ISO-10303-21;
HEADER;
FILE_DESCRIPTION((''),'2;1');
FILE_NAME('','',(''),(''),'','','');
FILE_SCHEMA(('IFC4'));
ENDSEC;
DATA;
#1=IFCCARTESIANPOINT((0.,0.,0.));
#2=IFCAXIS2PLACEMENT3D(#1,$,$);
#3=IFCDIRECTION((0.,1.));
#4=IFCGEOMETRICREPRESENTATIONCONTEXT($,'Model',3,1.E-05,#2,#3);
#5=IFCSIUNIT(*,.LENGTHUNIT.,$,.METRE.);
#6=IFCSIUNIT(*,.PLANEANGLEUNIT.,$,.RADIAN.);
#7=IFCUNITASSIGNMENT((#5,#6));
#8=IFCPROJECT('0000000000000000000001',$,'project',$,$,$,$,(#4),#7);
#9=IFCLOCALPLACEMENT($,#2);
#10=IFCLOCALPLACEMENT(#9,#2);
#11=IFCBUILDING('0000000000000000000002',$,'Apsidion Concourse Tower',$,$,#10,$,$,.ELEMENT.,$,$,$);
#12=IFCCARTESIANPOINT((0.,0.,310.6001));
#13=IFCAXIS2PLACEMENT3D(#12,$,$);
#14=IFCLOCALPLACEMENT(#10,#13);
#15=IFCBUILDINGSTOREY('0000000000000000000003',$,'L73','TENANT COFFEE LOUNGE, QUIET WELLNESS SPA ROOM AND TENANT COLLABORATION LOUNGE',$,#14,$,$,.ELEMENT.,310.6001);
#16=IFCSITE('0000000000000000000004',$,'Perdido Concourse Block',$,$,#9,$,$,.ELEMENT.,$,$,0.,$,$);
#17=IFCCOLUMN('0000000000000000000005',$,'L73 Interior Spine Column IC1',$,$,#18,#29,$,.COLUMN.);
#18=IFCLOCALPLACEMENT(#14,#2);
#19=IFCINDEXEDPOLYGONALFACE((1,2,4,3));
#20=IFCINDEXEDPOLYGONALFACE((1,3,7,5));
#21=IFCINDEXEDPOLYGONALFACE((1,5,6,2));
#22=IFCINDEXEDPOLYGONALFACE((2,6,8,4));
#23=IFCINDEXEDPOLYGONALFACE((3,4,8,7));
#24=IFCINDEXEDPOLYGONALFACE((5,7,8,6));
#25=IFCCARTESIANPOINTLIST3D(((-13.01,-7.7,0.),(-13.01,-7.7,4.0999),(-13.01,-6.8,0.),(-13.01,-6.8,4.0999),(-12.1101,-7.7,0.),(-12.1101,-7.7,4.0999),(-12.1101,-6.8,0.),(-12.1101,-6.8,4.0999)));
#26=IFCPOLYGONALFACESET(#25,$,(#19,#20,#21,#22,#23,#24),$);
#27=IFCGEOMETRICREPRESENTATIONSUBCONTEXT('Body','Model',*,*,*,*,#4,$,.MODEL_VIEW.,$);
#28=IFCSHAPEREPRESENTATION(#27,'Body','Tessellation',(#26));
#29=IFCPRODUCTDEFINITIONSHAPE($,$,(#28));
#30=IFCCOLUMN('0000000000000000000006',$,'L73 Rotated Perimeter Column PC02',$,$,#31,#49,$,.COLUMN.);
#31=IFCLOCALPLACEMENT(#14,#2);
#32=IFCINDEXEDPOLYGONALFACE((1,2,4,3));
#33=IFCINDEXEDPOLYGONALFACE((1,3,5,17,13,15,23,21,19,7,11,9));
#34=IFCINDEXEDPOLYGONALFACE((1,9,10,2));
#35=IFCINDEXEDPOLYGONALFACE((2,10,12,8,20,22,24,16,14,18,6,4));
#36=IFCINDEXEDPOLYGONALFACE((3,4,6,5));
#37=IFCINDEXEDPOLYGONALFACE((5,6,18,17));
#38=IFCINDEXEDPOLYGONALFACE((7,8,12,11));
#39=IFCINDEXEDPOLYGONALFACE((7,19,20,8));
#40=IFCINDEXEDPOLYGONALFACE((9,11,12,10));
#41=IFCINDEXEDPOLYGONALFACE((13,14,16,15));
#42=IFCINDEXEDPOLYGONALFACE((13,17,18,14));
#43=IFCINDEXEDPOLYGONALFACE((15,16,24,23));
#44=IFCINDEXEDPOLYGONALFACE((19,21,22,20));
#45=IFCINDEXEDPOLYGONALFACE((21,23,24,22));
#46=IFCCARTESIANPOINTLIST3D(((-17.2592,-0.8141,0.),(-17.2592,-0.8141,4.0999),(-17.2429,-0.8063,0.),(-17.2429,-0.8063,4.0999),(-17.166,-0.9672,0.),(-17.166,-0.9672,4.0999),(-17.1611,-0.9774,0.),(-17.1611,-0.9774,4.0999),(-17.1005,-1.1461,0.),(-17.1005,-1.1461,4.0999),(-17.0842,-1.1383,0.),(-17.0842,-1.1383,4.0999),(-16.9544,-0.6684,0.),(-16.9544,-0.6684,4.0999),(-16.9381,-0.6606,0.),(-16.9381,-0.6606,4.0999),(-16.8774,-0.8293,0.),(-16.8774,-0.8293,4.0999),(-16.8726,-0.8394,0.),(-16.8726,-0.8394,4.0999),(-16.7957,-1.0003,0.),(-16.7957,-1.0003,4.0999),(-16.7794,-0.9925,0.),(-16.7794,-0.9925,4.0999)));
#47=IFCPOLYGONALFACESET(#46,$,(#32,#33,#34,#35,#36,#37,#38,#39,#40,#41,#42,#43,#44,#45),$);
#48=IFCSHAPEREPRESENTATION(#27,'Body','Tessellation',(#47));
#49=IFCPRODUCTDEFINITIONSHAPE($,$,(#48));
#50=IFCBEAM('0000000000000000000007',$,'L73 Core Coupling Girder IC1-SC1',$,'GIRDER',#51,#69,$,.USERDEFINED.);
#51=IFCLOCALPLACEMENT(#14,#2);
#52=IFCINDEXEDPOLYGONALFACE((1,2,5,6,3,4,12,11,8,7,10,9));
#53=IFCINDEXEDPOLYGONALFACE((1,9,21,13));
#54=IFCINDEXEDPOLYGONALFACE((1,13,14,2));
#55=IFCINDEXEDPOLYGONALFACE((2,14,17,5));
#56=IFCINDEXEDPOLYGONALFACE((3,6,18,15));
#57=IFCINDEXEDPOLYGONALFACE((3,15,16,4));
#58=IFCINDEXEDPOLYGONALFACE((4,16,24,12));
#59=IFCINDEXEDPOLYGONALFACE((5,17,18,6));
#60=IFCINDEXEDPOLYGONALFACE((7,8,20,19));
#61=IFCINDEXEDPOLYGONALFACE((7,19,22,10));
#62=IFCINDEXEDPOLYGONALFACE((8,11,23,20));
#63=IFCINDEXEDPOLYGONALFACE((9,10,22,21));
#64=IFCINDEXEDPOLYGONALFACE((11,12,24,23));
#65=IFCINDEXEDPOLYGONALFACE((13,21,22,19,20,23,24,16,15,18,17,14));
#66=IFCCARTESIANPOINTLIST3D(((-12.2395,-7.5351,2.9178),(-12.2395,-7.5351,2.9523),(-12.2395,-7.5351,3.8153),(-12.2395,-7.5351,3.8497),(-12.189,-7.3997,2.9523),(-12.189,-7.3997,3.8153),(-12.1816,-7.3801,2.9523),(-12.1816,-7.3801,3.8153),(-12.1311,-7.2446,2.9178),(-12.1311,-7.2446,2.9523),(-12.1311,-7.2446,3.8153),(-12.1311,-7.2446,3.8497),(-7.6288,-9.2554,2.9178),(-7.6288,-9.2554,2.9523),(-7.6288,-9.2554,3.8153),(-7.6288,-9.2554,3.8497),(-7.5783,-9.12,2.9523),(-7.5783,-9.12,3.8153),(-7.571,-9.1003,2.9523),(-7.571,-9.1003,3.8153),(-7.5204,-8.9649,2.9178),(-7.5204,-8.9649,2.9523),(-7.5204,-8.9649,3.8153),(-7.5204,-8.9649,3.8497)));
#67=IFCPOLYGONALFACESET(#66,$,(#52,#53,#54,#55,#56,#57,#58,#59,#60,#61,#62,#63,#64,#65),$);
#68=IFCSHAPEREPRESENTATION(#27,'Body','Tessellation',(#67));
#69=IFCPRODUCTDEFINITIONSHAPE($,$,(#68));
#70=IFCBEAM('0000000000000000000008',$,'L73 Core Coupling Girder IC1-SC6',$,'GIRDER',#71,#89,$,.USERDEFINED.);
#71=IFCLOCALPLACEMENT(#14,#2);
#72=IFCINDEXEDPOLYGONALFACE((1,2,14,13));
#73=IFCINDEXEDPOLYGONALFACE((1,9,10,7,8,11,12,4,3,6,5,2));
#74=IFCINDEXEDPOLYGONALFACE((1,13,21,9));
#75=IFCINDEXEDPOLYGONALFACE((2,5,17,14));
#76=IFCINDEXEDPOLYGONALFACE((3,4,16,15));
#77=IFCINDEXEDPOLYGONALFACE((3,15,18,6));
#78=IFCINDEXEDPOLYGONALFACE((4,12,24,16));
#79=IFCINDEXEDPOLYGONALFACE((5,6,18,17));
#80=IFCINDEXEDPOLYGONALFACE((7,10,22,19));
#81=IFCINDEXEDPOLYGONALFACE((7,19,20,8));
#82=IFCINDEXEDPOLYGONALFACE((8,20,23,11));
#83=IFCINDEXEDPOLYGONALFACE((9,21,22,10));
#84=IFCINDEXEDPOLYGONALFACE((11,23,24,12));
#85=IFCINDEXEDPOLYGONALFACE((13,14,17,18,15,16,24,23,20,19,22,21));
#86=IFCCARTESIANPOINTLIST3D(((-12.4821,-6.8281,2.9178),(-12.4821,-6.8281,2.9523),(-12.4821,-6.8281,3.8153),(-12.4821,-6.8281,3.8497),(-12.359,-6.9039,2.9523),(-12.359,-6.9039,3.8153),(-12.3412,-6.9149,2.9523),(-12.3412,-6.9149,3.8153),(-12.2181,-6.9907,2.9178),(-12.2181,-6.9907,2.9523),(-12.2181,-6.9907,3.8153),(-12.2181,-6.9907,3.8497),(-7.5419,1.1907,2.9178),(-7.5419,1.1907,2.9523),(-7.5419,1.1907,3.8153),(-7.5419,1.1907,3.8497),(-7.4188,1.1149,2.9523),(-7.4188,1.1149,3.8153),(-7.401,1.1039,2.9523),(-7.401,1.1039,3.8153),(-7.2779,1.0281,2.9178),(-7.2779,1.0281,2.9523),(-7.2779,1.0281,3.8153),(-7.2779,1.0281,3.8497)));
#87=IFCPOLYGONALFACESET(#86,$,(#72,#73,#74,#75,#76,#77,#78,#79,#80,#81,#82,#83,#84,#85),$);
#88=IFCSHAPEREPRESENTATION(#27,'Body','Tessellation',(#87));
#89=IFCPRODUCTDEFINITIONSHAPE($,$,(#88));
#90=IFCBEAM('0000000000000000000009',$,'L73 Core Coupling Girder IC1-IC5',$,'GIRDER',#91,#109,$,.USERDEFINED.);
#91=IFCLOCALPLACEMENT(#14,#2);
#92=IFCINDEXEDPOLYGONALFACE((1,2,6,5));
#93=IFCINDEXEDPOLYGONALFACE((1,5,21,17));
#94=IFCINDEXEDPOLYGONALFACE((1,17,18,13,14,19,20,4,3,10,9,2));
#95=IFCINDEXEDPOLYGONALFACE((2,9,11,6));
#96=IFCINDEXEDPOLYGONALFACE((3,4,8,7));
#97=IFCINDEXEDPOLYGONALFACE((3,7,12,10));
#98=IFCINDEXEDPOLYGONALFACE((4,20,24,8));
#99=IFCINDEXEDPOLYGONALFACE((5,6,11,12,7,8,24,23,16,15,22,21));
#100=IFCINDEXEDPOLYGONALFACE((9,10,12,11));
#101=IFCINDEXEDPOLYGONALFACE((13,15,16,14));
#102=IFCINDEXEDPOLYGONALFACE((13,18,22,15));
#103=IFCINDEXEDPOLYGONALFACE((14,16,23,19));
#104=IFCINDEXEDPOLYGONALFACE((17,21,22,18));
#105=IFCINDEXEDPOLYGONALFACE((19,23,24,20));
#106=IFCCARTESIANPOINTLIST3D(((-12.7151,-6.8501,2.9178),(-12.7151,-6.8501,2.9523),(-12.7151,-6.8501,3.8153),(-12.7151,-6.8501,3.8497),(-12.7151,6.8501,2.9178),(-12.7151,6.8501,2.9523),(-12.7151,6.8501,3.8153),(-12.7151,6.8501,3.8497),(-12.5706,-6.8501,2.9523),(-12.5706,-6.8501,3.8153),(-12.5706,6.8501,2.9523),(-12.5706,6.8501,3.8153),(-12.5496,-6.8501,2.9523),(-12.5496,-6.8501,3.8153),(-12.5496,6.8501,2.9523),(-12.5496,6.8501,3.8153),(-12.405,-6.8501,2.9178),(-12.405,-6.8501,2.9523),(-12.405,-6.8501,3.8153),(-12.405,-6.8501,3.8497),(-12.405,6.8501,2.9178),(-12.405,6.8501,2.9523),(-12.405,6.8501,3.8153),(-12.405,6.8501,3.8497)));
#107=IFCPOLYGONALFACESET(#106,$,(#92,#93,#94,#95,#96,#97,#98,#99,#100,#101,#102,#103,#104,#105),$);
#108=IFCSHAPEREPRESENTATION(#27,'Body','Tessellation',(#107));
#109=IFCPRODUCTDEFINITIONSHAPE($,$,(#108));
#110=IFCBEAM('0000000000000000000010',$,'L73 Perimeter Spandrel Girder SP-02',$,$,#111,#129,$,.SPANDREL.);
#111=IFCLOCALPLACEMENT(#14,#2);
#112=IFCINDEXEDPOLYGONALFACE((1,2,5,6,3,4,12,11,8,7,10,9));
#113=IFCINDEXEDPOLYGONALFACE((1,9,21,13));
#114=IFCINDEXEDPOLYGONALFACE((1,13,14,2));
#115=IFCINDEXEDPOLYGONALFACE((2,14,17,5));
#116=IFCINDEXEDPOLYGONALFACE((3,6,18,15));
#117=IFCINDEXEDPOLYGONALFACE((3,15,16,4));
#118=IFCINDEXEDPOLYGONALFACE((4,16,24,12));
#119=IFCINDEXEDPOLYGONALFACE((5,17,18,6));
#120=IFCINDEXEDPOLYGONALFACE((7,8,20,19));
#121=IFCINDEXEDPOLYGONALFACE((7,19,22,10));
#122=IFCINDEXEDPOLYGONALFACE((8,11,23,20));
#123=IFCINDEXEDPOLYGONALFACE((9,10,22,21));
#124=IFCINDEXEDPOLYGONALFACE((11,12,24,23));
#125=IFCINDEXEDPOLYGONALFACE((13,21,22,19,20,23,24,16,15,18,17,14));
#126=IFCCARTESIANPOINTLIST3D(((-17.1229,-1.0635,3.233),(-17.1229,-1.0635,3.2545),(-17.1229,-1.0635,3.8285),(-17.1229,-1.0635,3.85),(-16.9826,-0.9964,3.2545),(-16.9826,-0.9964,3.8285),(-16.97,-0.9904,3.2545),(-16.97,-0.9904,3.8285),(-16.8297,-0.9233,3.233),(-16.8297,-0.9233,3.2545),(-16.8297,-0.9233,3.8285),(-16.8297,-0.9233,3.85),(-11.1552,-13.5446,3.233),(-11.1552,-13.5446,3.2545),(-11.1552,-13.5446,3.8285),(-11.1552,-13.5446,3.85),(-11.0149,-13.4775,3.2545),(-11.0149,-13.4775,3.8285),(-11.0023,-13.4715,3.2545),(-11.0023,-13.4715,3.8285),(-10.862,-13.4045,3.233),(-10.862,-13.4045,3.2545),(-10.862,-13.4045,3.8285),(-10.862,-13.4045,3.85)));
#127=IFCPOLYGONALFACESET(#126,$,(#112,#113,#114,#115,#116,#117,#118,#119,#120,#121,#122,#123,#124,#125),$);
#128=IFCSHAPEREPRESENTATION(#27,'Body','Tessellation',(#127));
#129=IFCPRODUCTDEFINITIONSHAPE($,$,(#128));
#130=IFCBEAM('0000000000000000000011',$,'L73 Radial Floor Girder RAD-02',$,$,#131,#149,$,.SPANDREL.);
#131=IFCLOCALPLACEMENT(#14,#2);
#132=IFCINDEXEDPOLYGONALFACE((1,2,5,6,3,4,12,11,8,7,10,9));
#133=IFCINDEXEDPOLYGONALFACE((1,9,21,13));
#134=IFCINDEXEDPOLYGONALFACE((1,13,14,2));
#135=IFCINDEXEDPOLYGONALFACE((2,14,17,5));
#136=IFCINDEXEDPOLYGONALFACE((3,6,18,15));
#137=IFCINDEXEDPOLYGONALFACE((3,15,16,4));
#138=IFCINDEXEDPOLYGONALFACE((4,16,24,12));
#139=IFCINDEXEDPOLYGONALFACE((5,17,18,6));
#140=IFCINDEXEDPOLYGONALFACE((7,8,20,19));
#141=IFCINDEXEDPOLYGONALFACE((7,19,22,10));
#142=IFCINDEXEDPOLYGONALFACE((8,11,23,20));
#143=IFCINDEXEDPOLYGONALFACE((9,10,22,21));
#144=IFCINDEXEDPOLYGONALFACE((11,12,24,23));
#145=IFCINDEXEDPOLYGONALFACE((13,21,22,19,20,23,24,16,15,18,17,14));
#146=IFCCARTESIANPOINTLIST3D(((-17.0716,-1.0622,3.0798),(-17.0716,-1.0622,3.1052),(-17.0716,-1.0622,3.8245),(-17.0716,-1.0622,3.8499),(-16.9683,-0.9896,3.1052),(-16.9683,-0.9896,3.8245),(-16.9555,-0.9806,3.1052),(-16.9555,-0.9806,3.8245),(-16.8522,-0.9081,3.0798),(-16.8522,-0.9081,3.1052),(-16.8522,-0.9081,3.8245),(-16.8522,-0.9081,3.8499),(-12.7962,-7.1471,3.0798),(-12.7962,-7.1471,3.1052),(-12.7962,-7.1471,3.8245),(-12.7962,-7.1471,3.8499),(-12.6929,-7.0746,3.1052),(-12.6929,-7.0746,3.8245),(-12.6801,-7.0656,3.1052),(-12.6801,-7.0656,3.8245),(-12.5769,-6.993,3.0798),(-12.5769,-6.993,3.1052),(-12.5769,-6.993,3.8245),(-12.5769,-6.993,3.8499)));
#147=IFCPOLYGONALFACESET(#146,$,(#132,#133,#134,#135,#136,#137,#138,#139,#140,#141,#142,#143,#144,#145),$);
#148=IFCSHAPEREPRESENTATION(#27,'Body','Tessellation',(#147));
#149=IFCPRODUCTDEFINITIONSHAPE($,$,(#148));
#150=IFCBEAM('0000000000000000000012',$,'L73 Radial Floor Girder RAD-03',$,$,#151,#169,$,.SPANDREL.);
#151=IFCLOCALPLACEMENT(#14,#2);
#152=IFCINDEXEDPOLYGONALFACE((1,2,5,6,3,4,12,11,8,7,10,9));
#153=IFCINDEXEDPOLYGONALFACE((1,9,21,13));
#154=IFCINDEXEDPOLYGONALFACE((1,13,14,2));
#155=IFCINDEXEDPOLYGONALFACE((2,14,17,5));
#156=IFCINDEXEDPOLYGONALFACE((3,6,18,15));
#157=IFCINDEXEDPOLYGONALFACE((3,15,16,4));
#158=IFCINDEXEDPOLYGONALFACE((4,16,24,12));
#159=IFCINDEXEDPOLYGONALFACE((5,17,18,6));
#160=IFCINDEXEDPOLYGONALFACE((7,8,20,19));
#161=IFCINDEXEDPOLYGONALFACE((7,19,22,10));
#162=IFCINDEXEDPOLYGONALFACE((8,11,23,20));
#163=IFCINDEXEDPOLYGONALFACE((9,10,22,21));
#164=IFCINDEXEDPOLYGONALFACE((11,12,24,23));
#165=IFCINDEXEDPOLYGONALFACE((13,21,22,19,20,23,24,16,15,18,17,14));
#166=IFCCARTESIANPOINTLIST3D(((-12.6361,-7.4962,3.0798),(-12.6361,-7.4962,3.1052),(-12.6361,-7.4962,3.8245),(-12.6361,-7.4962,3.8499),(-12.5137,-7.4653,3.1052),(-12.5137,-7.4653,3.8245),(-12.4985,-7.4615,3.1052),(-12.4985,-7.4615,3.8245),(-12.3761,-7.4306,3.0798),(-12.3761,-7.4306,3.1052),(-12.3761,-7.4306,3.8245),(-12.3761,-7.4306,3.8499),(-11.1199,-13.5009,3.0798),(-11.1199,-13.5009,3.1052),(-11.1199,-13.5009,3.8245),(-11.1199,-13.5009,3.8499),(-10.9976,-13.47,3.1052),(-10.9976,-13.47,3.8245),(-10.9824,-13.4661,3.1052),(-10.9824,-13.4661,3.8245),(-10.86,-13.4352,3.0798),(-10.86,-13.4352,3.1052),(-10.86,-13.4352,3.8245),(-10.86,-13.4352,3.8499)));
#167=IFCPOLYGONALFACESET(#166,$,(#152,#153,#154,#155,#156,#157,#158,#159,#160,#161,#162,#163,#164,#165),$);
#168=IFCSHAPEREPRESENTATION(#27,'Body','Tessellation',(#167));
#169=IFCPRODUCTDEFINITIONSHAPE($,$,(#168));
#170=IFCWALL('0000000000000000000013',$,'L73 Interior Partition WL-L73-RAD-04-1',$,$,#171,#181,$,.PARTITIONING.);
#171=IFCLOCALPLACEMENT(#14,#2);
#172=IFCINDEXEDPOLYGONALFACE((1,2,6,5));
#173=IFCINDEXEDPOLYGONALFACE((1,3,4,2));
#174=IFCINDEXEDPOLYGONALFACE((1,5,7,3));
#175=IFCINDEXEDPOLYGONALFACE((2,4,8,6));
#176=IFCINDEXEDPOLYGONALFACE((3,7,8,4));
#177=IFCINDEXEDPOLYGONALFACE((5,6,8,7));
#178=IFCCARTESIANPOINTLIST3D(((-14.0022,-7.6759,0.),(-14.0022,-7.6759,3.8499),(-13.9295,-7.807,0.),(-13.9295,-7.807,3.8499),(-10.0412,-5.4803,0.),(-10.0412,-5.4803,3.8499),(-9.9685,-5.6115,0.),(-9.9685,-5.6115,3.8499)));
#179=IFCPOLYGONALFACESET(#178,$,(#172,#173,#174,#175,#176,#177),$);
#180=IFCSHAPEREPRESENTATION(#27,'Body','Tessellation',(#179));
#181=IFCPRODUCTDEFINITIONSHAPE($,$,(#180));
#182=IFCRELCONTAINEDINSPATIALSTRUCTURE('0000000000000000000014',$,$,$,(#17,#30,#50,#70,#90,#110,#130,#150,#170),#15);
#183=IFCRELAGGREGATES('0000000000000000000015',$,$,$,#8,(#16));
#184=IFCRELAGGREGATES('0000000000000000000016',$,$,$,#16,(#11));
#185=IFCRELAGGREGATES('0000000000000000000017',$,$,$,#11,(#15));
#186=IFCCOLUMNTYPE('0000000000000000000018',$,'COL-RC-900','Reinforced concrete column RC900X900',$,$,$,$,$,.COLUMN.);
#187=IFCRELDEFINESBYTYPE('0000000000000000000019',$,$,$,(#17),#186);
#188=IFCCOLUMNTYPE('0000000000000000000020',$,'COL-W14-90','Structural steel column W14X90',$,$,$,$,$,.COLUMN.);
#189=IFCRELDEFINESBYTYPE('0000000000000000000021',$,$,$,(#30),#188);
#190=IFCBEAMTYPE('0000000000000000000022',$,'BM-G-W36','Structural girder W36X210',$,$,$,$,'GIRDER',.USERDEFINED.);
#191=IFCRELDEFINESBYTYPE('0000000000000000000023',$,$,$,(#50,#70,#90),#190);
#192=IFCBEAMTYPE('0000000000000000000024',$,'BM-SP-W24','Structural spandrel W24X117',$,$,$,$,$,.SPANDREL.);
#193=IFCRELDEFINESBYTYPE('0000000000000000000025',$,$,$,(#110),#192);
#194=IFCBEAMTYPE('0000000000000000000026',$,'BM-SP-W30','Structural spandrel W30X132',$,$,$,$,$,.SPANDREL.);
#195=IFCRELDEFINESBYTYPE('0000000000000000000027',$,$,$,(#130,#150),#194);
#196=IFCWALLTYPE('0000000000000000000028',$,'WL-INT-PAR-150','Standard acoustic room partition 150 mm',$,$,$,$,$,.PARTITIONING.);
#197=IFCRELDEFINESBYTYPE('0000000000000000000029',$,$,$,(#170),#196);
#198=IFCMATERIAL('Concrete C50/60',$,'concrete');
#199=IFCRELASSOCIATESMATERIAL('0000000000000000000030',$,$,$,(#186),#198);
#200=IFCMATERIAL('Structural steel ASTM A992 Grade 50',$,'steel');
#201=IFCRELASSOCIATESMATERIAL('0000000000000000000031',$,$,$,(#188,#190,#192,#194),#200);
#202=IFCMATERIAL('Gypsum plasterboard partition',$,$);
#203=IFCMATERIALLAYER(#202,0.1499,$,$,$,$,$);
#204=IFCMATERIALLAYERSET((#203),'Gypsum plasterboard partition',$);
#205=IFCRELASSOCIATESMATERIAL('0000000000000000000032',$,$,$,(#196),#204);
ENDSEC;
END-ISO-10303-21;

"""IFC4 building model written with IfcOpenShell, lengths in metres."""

from ifc_helpers import new_model, si_unit, direction, frame, frame_2d, origin, origin_2d, place, context, subcontext, project, spatial, rectangle, i_section, extrude, material, layer, layer_set, material_profile, profile_set, type_object, element, save


model = new_model("IFC4")

# Units and contexts
model_context = context("Model", 3, precision=1e-05, world=origin(), true_north=direction((0.0, 1.0)))
body_context = subcontext(model_context, "Body", "Model", "MODEL_VIEW")
ifc_project = project(units=[si_unit("LENGTHUNIT", "METRE"), si_unit("PLANEANGLEUNIT", "RADIAN")], contexts=[model_context])

# Site, building, storey
site_placement = place(None, origin())
site = spatial("IfcSite", under=ifc_project, at=site_placement, Name="Perdido Concourse Block", CompositionType="ELEMENT", RefElevation=0.0)
building_placement = place(site_placement, origin())
building = spatial("IfcBuilding", under=site, at=building_placement, Name="Apsidion Concourse Tower", CompositionType="ELEMENT")
storey_placement = place(building_placement, frame((0.0, 0.0, 310.6001)))
storey = spatial("IfcBuildingStorey", under=building, at=storey_placement, Name="L73", Description="TENANT COFFEE LOUNGE, QUIET WELLNESS SPA ROOM AND TENANT COLLABORATION LOUNGE", CompositionType="ELEMENT", Elevation=310.6001)

# Columns
ifc_material_1 = material(Name="Concrete C50/60", Category="concrete")
ifc_material_profile_1 = material_profile(ifc_material_1, rectangle(XDim=0.8999, YDim=0.8999, at=origin_2d()), Name="RC 900x900")
ifc_profile_set_1 = profile_set([ifc_material_profile_1], Name="Concrete C50/60")
column_type_1 = type_object("IfcColumnType", Name="COL-RC-900", Description="Reinforced concrete column RC900X900", PredefinedType="COLUMN", material=ifc_profile_set_1)
column_1_placement = place(storey_placement, frame((-12.5601, -7.25, 0.0), z_axis=(0.0, 0.0, 1.0), x_axis=(1.0, 0.0, 0.0)))
element("IfcColumn", 1, at=column_1_placement, inside=storey, type_object=column_type_1, Name="L73 Interior Spine Column IC1", PredefinedType="COLUMN", context=body_context, shape_type="SweptSolid", body=[
    extrude(rectangle(XDim=0.8999, YDim=0.8999, at=origin_2d()), origin(), (0.0, 0.0, 1.0), 4.0999),
])
ifc_material_2 = material(Name="Structural steel ASTM A992 Grade 50", Category="steel")
ifc_material_profile_2 = material_profile(ifc_material_2, i_section(OverallWidth=0.3679, OverallDepth=0.356, WebThickness=0.0112, FlangeThickness=0.0181, at=origin_2d()), Name="W14X90")
ifc_profile_set_2 = profile_set([ifc_material_profile_2], Name="Structural steel ASTM A992 Grade 50")
column_type_2 = type_object("IfcColumnType", Name="COL-W14-90", Description="Structural steel column W14X90", PredefinedType="COLUMN", material=ifc_profile_set_2)
column_2_placement = place(storey_placement, frame((-17.0193, -0.9033, 0.0), z_axis=(0.0, 0.0, 1.0), x_axis=(-0.431299, 0.902209, 0.0)))
element("IfcColumn", 2, at=column_2_placement, inside=storey, type_object=column_type_2, Name="L73 Rotated Perimeter Column PC02", PredefinedType="COLUMN", context=body_context, shape_type="SweptSolid", body=[
    extrude(i_section(OverallWidth=0.3679, OverallDepth=0.356, WebThickness=0.0112, FlangeThickness=0.0181, at=origin_2d()), origin(), (0.0, 0.0, 1.0), 4.0999),
])

# Beams
ifc_material_profile_3 = material_profile(ifc_material_2, i_section(OverallWidth=0.3101, OverallDepth=0.9319, WebThickness=0.021, FlangeThickness=0.0344, at=origin_2d()), Name="W36X210")
ifc_profile_set_3 = profile_set([ifc_material_profile_3], Name="Structural steel ASTM A992 Grade 50")
beam_type_1 = type_object("IfcBeamType", Name="BM-G-W36", Description="Structural girder W36X210", ElementType="GIRDER", PredefinedType="USERDEFINED", material=ifc_profile_set_3)
beam_1_placement = place(storey_placement, frame((-12.1853, -7.3899, 3.3838), z_axis=(0.936913, -0.349563, 0.0), x_axis=(0.349563, 0.936913, 0.0)))
element("IfcBeam", 3, at=beam_1_placement, inside=storey, type_object=beam_type_1, Name="L73 Core Coupling Girder IC1-SC1", ObjectType="GIRDER", PredefinedType="USERDEFINED", context=body_context, shape_type="SweptSolid", body=[
    extrude(i_section(OverallWidth=0.3101, OverallDepth=0.9319, WebThickness=0.021, FlangeThickness=0.0344, at=origin_2d()), origin(), (0.0, 0.0, 1.0), 4.9211),
])
beam_2_placement = place(storey_placement, frame((-12.3501, -6.9094, 3.3838), z_axis=(0.524524, 0.851396, 0.0), x_axis=(-0.851396, 0.524524, 0.0)))
element("IfcBeam", 4, at=beam_2_placement, inside=storey, type_object=beam_type_1, Name="L73 Core Coupling Girder IC1-SC6", ObjectType="GIRDER", PredefinedType="USERDEFINED", context=body_context, shape_type="SweptSolid", body=[
    extrude(i_section(OverallWidth=0.3101, OverallDepth=0.9319, WebThickness=0.021, FlangeThickness=0.0344, at=origin_2d()), origin(), (0.0, 0.0, 1.0), 9.4185),
])
beam_3_placement = place(storey_placement, frame((-12.5601, -6.8501, 3.3838), z_axis=(0.0, 1.0, 0.0), x_axis=(-1.0, 0.0, 0.0)))
element("IfcBeam", 5, at=beam_3_placement, inside=storey, type_object=beam_type_1, Name="L73 Core Coupling Girder IC1-IC5", ObjectType="GIRDER", PredefinedType="USERDEFINED", context=body_context, shape_type="SweptSolid", body=[
    extrude(i_section(OverallWidth=0.3101, OverallDepth=0.9319, WebThickness=0.021, FlangeThickness=0.0344, at=origin_2d()), origin(), (0.0, 0.0, 1.0), 13.7002),
])
ifc_material_profile_4 = material_profile(ifc_material_2, i_section(OverallWidth=0.325, OverallDepth=0.6169, WebThickness=0.0139, FlangeThickness=0.0215, at=origin_2d()), Name="W24X117")
ifc_profile_set_4 = profile_set([ifc_material_profile_4], Name="Structural steel ASTM A992 Grade 50")
beam_type_2 = type_object("IfcBeamType", Name="BM-SP-W24", Description="Structural spandrel W24X117", PredefinedType="SPANDREL", material=ifc_profile_set_4)
beam_4_placement = place(storey_placement, frame((-16.9763, -0.9934, 3.5415), z_axis=(0.431367, -0.902176, 0.0), x_axis=(0.902176, 0.431367, 0.0)))
element("IfcBeam", 6, at=beam_4_placement, inside=storey, type_object=beam_type_2, Name="L73 Perimeter Spandrel Girder SP-02", PredefinedType="SPANDREL", context=body_context, shape_type="SweptSolid", body=[
    extrude(i_section(OverallWidth=0.325, OverallDepth=0.6169, WebThickness=0.0139, FlangeThickness=0.0215, at=origin_2d()), origin(), (0.0, 0.0, 1.0), 13.8345),
])
ifc_material_profile_5 = material_profile(ifc_material_2, i_section(OverallWidth=0.2681, OverallDepth=0.77, WebThickness=0.0156, FlangeThickness=0.0254, at=origin_2d()), Name="W30X132")
ifc_profile_set_5 = profile_set([ifc_material_profile_5], Name="Structural steel ASTM A992 Grade 50")
beam_type_3 = type_object("IfcBeamType", Name="BM-SP-W30", Description="Structural spandrel W30X132", PredefinedType="SPANDREL", material=ifc_profile_set_5)
beam_5_placement = place(storey_placement, frame((-12.6865, -7.0701, 3.4648), z_axis=(-0.574898, 0.818225, 0.0), x_axis=(-0.818225, -0.574898, 0.0)))
element("IfcBeam", 7, at=beam_5_placement, inside=storey, type_object=beam_type_3, Name="L73 Radial Floor Girder RAD-02", PredefinedType="SPANDREL", context=body_context, shape_type="SweptSolid", body=[
    extrude(i_section(OverallWidth=0.2681, OverallDepth=0.77, WebThickness=0.0156, FlangeThickness=0.0254, at=origin_2d()), origin(), (0.0, 0.0, 1.0), 7.4368),
])
beam_6_placement = place(storey_placement, frame((-12.5061, -7.4634, 3.4648), z_axis=(0.244807, -0.969572, 0.0), x_axis=(0.969572, 0.244807, 0.0)))
element("IfcBeam", 8, at=beam_6_placement, inside=storey, type_object=beam_type_3, Name="L73 Radial Floor Girder RAD-03", PredefinedType="SPANDREL", context=body_context, shape_type="SweptSolid", body=[
    extrude(i_section(OverallWidth=0.2681, OverallDepth=0.77, WebThickness=0.0156, FlangeThickness=0.0254, at=origin_2d()), origin(), (0.0, 0.0, 1.0), 6.1931),
])

# Wall
ifc_material_3 = material(Name="Gypsum plasterboard partition")
ifc_layer_1 = layer(ifc_material_3, 0.1499)
ifc_layer_set_1 = layer_set([ifc_layer_1], Name="Gypsum plasterboard partition")
wall_type_1 = type_object("IfcWallType", Name="WL-INT-PAR-150", Description="Standard acoustic room partition 150 mm", PredefinedType="PARTITIONING", material=ifc_layer_set_1)
wall_1_placement = place(storey_placement, frame((-10.0049, -5.5459, 0.0), z_axis=(0.0, 0.0, 1.0), x_axis=(-0.874622, -0.484805, 0.0)))
element("IfcWall", 9, at=wall_1_placement, inside=storey, type_object=wall_type_1, Name="L73 Interior Partition WL-L73-RAD-04-1", PredefinedType="PARTITIONING", context=body_context, shape_type="SweptSolid", body=[
    extrude(rectangle(XDim=4.5288, YDim=0.1499, at=frame_2d((2.2644, 0.0))), origin(), (0.0, 0.0, 1.0), 3.8499),
])

save(model, "model.ifc")
